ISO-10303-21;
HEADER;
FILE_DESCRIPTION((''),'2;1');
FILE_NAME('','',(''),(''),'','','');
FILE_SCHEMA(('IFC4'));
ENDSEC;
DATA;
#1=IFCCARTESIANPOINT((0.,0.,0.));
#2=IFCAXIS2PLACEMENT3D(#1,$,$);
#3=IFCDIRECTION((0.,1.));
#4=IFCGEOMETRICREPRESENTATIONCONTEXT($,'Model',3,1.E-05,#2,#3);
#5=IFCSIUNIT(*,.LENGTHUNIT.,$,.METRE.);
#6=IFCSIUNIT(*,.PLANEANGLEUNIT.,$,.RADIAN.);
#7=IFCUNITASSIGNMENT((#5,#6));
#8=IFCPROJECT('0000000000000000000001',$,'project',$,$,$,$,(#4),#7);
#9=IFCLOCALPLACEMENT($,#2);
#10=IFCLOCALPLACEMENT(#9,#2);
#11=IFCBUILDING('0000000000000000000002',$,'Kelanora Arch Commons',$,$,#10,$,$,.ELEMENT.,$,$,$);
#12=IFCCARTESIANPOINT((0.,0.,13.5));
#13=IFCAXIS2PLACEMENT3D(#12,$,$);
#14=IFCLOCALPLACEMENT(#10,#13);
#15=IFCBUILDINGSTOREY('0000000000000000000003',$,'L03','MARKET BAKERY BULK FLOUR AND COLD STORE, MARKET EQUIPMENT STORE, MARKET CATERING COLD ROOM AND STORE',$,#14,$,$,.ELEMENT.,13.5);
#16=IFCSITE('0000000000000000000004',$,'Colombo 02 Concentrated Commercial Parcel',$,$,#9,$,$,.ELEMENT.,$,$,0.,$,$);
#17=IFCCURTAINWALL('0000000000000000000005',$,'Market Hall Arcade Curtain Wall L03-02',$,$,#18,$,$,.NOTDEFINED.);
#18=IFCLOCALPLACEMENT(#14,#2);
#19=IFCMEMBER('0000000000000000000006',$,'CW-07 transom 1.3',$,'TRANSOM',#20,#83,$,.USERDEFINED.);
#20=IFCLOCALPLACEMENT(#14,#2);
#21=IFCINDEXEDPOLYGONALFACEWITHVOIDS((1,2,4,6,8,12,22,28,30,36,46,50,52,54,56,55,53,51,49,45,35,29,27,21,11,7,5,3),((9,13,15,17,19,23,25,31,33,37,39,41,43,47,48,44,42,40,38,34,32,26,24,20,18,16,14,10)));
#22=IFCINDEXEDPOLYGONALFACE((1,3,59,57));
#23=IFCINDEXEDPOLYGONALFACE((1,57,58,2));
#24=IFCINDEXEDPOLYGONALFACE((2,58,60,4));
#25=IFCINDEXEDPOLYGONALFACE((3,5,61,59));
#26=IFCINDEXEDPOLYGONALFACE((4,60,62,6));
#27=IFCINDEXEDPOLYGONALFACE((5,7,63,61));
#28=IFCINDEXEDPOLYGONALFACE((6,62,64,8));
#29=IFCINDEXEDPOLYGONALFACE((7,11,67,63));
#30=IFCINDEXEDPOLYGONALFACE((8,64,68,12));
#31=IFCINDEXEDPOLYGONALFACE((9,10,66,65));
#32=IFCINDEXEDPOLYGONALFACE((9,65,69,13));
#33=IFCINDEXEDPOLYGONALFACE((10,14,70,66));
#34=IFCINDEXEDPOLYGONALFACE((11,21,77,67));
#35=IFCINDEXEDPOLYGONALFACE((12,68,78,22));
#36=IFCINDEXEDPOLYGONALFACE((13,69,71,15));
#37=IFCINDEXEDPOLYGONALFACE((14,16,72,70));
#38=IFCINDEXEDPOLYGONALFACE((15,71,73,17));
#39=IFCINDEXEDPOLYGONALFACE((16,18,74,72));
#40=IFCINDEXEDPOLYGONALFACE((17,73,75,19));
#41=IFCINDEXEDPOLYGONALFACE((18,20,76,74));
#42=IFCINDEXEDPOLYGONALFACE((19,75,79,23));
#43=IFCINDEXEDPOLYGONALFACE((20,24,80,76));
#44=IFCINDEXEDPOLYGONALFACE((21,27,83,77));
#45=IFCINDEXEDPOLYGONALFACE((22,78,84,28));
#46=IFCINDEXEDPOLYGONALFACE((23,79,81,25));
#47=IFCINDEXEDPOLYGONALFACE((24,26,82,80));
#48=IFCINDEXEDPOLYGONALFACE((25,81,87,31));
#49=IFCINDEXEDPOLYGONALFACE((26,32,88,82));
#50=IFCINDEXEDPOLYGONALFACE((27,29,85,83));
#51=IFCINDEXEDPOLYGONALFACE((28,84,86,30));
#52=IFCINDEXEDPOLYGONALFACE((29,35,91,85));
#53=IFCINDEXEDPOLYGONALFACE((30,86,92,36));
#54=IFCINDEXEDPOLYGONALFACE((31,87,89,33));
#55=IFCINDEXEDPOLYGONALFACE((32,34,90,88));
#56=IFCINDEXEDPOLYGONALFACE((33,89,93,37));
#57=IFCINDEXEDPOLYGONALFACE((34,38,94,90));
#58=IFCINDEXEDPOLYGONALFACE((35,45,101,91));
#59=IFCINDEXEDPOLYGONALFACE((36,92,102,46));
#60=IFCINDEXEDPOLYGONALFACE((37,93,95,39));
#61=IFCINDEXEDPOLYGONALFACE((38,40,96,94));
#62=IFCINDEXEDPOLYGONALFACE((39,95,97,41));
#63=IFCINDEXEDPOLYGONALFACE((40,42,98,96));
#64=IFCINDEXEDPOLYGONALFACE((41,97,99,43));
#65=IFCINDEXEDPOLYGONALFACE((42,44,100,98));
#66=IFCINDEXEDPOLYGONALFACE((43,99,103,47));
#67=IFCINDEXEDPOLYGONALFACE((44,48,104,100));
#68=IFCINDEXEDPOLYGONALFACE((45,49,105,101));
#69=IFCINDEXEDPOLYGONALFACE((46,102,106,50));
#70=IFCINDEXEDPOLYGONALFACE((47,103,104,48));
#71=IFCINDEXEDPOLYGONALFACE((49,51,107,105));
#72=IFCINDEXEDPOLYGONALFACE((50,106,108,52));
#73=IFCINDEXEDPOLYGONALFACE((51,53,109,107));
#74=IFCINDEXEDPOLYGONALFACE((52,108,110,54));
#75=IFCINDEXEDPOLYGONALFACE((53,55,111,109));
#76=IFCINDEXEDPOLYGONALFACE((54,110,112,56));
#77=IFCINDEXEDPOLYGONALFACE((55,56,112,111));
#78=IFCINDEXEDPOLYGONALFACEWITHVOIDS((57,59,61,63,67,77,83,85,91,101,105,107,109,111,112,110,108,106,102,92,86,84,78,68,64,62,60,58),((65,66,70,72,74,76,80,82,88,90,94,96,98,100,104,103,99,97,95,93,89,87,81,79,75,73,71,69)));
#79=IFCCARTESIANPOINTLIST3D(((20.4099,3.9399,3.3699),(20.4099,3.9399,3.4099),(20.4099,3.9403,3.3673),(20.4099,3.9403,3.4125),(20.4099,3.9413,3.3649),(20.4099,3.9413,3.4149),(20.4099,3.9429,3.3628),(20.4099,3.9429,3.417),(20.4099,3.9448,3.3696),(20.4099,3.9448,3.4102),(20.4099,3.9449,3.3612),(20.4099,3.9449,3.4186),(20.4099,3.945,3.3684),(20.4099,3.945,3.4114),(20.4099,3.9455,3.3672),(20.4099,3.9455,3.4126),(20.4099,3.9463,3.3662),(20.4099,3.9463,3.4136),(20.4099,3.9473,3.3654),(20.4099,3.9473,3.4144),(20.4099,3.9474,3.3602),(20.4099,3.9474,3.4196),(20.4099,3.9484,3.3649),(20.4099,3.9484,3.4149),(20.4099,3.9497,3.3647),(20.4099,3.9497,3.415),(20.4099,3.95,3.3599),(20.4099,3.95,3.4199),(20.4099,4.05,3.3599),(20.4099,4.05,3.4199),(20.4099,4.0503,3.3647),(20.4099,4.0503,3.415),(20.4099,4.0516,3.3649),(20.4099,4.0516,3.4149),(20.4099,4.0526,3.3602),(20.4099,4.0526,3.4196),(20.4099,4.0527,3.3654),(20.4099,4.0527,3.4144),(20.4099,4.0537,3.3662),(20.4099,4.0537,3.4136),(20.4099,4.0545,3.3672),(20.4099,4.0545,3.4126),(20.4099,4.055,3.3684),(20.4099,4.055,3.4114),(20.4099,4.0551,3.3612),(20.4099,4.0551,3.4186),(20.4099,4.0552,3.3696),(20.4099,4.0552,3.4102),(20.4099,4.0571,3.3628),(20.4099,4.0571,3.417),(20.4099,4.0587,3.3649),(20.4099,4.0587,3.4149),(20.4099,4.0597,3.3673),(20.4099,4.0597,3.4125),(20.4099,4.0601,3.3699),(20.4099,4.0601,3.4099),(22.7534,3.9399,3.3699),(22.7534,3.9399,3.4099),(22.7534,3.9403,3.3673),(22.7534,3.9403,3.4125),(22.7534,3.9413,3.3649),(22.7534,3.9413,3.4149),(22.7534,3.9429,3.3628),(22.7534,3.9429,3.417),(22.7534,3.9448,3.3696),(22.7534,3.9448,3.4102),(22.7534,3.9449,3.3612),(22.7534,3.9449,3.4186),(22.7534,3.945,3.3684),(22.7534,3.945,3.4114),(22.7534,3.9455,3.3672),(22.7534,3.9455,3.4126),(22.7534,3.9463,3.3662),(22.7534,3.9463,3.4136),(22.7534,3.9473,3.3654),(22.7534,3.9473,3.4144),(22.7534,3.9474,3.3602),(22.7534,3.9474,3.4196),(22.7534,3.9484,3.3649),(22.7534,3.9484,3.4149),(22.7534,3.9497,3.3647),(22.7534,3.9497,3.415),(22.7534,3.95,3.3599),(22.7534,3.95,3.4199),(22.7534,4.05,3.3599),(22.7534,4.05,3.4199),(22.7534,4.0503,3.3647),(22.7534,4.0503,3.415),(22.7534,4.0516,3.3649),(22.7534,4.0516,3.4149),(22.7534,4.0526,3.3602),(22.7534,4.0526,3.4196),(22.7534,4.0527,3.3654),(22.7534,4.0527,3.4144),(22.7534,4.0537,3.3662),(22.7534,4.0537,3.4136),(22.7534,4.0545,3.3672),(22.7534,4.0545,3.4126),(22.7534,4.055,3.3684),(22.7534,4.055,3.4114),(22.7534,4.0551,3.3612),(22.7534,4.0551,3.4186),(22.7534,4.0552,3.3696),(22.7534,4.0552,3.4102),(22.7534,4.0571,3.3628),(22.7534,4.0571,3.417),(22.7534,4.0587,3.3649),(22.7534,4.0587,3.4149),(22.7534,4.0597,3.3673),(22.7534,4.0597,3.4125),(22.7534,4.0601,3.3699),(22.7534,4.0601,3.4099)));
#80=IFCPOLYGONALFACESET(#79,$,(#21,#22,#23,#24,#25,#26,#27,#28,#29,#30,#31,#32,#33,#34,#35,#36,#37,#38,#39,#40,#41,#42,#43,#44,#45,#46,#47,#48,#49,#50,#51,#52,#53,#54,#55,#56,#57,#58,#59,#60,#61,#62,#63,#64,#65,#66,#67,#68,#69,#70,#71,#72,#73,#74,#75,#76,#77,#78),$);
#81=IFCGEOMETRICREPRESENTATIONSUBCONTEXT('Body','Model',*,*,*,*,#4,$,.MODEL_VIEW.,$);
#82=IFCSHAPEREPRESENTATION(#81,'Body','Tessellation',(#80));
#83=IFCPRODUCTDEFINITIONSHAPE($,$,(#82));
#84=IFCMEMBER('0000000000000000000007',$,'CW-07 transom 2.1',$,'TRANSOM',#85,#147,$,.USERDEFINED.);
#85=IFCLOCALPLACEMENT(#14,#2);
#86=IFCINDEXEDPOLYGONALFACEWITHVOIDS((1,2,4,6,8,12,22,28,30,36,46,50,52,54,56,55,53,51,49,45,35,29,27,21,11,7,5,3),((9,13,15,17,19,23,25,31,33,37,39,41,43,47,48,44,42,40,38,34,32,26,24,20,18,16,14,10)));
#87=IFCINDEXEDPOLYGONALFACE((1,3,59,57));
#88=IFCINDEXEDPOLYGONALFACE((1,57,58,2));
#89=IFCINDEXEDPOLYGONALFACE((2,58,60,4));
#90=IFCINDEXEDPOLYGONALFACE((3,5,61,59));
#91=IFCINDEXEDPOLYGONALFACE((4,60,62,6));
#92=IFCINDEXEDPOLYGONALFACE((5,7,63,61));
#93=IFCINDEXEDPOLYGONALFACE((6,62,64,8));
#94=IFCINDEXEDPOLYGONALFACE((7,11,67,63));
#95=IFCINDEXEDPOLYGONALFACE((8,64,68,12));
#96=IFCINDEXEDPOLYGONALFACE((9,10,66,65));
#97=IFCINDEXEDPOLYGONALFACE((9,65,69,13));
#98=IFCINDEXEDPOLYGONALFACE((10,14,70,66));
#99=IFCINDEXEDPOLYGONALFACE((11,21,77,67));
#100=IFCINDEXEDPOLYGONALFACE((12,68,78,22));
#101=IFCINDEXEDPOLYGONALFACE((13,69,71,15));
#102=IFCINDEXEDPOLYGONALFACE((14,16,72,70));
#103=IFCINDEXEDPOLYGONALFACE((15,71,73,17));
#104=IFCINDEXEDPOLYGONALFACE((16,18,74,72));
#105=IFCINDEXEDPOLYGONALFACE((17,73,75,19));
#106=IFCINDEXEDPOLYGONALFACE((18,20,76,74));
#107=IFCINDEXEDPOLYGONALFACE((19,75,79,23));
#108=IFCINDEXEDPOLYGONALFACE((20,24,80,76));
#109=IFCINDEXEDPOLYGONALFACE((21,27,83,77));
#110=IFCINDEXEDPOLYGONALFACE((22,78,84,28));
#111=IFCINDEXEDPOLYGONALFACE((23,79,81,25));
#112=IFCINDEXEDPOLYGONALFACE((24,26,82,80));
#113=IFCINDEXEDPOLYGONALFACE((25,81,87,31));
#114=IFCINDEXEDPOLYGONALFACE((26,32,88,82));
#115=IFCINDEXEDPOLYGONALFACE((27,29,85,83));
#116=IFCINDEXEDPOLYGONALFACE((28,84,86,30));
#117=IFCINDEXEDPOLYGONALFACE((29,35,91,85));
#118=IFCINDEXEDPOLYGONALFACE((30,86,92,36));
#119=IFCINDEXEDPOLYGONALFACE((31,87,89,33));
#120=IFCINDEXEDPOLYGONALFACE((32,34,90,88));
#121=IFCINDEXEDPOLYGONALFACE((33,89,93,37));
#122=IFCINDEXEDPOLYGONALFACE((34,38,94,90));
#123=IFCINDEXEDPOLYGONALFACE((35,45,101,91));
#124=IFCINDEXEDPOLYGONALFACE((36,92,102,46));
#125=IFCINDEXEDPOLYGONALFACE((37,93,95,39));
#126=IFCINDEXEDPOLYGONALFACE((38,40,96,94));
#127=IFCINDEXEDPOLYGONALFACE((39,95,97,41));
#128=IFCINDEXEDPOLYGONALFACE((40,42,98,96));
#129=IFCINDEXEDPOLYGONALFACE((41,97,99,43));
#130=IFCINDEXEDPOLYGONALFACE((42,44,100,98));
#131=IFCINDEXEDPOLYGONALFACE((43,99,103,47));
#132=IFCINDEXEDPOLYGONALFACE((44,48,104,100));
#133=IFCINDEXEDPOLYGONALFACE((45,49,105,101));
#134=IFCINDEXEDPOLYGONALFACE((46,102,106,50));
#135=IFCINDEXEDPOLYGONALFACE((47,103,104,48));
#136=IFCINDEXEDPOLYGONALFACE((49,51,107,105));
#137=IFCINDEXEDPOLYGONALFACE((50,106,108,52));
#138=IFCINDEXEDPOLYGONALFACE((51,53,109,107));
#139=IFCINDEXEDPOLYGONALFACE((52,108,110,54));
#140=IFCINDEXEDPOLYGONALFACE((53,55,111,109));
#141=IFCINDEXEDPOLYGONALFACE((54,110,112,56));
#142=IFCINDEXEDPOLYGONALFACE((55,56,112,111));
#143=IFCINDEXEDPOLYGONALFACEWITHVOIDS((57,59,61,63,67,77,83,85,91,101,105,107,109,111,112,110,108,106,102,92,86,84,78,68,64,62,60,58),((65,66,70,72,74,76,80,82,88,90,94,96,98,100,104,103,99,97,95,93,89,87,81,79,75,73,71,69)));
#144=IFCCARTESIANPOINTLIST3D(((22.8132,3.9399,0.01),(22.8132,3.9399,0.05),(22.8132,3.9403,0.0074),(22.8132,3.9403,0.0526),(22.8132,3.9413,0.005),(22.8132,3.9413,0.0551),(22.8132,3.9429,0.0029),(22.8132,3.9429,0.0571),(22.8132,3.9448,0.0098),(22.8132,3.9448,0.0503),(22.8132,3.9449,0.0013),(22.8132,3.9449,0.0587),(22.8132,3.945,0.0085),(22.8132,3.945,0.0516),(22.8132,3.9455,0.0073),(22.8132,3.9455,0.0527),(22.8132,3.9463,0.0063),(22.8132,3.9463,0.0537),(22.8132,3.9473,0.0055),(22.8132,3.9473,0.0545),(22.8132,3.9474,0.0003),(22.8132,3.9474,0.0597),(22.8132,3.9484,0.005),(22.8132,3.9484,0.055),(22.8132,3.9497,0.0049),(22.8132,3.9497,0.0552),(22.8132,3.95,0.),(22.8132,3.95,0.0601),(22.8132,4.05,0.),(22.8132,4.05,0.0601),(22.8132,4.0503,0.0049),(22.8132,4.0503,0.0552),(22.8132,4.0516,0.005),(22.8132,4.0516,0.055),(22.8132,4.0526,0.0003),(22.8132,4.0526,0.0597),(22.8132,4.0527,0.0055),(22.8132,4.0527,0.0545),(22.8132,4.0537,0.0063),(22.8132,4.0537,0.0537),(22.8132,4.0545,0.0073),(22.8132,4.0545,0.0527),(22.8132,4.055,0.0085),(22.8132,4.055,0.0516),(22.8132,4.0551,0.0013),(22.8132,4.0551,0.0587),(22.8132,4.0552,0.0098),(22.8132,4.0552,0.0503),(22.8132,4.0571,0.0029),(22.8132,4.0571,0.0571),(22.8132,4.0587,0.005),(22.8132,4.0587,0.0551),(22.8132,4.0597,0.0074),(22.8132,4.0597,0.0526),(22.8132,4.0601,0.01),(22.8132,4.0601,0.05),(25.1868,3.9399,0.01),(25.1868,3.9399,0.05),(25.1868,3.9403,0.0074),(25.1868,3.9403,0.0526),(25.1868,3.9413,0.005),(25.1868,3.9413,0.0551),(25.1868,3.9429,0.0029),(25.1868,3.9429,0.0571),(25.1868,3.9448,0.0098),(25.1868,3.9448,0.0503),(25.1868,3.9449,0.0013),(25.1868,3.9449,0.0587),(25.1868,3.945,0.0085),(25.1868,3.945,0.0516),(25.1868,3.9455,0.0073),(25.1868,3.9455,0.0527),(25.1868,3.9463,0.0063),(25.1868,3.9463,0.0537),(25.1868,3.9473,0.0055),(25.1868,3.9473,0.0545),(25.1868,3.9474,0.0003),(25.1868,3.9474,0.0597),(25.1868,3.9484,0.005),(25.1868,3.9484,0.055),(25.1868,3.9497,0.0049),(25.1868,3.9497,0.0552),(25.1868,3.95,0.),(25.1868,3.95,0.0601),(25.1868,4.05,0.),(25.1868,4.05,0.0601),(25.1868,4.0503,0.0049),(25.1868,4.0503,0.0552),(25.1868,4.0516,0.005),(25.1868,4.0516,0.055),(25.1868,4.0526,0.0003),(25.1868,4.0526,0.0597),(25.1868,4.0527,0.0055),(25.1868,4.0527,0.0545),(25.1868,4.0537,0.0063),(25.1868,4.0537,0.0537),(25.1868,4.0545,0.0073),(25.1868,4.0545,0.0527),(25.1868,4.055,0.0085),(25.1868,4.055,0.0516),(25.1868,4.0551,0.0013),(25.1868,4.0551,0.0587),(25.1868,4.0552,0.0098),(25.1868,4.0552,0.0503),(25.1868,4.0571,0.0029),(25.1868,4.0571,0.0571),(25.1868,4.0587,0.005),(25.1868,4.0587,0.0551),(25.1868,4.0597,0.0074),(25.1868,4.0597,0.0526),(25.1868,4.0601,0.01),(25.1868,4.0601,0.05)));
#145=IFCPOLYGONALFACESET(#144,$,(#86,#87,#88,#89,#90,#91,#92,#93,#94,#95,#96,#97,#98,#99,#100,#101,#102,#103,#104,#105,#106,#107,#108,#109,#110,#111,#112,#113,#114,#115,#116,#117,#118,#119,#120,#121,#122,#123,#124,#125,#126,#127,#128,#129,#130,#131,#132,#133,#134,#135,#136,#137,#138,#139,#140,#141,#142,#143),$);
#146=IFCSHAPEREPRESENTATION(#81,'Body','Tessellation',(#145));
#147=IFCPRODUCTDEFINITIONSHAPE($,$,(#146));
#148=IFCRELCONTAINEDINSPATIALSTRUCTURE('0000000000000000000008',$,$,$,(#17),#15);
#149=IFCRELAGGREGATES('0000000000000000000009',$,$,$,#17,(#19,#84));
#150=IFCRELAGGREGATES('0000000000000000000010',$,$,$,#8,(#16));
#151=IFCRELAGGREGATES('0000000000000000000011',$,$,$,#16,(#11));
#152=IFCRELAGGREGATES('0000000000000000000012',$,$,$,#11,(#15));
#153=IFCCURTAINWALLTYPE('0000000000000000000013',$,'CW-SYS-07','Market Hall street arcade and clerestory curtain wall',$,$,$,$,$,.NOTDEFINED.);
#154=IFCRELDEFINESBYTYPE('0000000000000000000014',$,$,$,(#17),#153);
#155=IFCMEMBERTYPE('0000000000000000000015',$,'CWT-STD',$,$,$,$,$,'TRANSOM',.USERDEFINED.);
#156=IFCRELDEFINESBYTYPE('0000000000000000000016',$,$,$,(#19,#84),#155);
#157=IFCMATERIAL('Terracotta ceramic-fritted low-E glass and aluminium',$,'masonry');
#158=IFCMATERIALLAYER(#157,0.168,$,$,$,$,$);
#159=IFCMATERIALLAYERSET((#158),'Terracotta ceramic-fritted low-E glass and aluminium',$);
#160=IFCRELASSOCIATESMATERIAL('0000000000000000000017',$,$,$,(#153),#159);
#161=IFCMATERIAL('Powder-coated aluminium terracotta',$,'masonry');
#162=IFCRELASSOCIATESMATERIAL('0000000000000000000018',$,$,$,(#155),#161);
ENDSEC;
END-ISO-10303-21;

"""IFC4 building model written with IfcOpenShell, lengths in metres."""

from ifc_helpers import new_model, si_unit, direction, frame, origin, origin_2d, place, context, subcontext, project, spatial, hollow_rectangle, extrude, material, layer, layer_set, material_profile, profile_set, type_object, element, aggregate, save


model = new_model("IFC4")

# Units and contexts
model_context = context("Model", 3, precision=1e-05, world=origin(), true_north=direction((0.0, 1.0)))
body_context = subcontext(model_context, "Body", "Model", "MODEL_VIEW")
ifc_project = project(units=[si_unit("LENGTHUNIT", "METRE"), si_unit("PLANEANGLEUNIT", "RADIAN")], contexts=[model_context])

# Site, building, storey
site_placement = place(None, origin())
site = spatial("IfcSite", under=ifc_project, at=site_placement, Name="Colombo 02 Concentrated Commercial Parcel", CompositionType="ELEMENT", RefElevation=0.0)
building_placement = place(site_placement, origin())
building = spatial("IfcBuilding", under=site, at=building_placement, Name="Kelanora Arch Commons", CompositionType="ELEMENT")
storey_placement = place(building_placement, frame((0.0, 0.0, 13.5)))
storey = spatial("IfcBuildingStorey", under=building, at=storey_placement, Name="L03", Description="MARKET BAKERY BULK FLOUR AND COLD STORE, MARKET EQUIPMENT STORE, MARKET CATERING COLD ROOM AND STORE", CompositionType="ELEMENT", Elevation=13.5)

# Curtain wall, members
ifc_material_1 = material(Name="Terracotta ceramic-fritted low-E glass and aluminium", Category="masonry")
ifc_layer_1 = layer(ifc_material_1, 0.168)
ifc_layer_set_1 = layer_set([ifc_layer_1], Name="Terracotta ceramic-fritted low-E glass and aluminium")
curtain_wall_type = type_object("IfcCurtainWallType", Name="CW-SYS-07", Description="Market Hall street arcade and clerestory curtain wall", PredefinedType="NOTDEFINED", material=ifc_layer_set_1)
curtain_wall_placement = place(storey_placement, origin())
curtain_wall = element("IfcCurtainWall", 1, at=curtain_wall_placement, inside=storey, type_object=curtain_wall_type, Name="Market Hall Arcade Curtain Wall L03-02", PredefinedType="NOTDEFINED")
ifc_material_2 = material(Name="Powder-coated aluminium terracotta", Category="masonry")
ifc_material_profile_1 = material_profile(ifc_material_2, hollow_rectangle(XDim=0.1201, YDim=0.0601, WallThickness=0.0049, InnerFilletRadius=0.0049, OuterFilletRadius=0.01, at=origin_2d()), Name="CWT120x60")
ifc_profile_set_1 = profile_set([ifc_material_profile_1], Name="Powder-coated aluminium terracotta")
member_type_1 = type_object("IfcMemberType", Name="CWT-STD", ElementType="TRANSOM", PredefinedType="USERDEFINED", material=ifc_profile_set_1)
member_1_placement = place(storey_placement, frame((20.4099, 4.0, 3.3899), z_axis=(1.0, 0.0, 0.0), x_axis=(0.0, 1.0, 0.0)))
member_1 = element("IfcMember", 2, at=member_1_placement, type_object=member_type_1, Name="CW-07 transom 1.3", ObjectType="TRANSOM", PredefinedType="USERDEFINED", context=body_context, shape_type="SweptSolid", body=[
    extrude(hollow_rectangle(XDim=0.1201, YDim=0.0601, WallThickness=0.0049, InnerFilletRadius=0.0049, OuterFilletRadius=0.01, at=origin_2d()), origin(), (0.0, 0.0, 1.0), 2.3435),
])
member_2_placement = place(storey_placement, frame((22.8132, 4.0, 0.03), z_axis=(1.0, 0.0, 0.0), x_axis=(0.0, 1.0, 0.0)))
member_2 = element("IfcMember", 3, at=member_2_placement, type_object=member_type_1, Name="CW-07 transom 2.1", ObjectType="TRANSOM", PredefinedType="USERDEFINED", context=body_context, shape_type="SweptSolid", body=[
    extrude(hollow_rectangle(XDim=0.1201, YDim=0.0601, WallThickness=0.0049, InnerFilletRadius=0.0049, OuterFilletRadius=0.01, at=origin_2d()), origin(), (0.0, 0.0, 1.0), 2.3735),
])
aggregate(curtain_wall, [member_1, member_2])

save(model, "model.ifc")
